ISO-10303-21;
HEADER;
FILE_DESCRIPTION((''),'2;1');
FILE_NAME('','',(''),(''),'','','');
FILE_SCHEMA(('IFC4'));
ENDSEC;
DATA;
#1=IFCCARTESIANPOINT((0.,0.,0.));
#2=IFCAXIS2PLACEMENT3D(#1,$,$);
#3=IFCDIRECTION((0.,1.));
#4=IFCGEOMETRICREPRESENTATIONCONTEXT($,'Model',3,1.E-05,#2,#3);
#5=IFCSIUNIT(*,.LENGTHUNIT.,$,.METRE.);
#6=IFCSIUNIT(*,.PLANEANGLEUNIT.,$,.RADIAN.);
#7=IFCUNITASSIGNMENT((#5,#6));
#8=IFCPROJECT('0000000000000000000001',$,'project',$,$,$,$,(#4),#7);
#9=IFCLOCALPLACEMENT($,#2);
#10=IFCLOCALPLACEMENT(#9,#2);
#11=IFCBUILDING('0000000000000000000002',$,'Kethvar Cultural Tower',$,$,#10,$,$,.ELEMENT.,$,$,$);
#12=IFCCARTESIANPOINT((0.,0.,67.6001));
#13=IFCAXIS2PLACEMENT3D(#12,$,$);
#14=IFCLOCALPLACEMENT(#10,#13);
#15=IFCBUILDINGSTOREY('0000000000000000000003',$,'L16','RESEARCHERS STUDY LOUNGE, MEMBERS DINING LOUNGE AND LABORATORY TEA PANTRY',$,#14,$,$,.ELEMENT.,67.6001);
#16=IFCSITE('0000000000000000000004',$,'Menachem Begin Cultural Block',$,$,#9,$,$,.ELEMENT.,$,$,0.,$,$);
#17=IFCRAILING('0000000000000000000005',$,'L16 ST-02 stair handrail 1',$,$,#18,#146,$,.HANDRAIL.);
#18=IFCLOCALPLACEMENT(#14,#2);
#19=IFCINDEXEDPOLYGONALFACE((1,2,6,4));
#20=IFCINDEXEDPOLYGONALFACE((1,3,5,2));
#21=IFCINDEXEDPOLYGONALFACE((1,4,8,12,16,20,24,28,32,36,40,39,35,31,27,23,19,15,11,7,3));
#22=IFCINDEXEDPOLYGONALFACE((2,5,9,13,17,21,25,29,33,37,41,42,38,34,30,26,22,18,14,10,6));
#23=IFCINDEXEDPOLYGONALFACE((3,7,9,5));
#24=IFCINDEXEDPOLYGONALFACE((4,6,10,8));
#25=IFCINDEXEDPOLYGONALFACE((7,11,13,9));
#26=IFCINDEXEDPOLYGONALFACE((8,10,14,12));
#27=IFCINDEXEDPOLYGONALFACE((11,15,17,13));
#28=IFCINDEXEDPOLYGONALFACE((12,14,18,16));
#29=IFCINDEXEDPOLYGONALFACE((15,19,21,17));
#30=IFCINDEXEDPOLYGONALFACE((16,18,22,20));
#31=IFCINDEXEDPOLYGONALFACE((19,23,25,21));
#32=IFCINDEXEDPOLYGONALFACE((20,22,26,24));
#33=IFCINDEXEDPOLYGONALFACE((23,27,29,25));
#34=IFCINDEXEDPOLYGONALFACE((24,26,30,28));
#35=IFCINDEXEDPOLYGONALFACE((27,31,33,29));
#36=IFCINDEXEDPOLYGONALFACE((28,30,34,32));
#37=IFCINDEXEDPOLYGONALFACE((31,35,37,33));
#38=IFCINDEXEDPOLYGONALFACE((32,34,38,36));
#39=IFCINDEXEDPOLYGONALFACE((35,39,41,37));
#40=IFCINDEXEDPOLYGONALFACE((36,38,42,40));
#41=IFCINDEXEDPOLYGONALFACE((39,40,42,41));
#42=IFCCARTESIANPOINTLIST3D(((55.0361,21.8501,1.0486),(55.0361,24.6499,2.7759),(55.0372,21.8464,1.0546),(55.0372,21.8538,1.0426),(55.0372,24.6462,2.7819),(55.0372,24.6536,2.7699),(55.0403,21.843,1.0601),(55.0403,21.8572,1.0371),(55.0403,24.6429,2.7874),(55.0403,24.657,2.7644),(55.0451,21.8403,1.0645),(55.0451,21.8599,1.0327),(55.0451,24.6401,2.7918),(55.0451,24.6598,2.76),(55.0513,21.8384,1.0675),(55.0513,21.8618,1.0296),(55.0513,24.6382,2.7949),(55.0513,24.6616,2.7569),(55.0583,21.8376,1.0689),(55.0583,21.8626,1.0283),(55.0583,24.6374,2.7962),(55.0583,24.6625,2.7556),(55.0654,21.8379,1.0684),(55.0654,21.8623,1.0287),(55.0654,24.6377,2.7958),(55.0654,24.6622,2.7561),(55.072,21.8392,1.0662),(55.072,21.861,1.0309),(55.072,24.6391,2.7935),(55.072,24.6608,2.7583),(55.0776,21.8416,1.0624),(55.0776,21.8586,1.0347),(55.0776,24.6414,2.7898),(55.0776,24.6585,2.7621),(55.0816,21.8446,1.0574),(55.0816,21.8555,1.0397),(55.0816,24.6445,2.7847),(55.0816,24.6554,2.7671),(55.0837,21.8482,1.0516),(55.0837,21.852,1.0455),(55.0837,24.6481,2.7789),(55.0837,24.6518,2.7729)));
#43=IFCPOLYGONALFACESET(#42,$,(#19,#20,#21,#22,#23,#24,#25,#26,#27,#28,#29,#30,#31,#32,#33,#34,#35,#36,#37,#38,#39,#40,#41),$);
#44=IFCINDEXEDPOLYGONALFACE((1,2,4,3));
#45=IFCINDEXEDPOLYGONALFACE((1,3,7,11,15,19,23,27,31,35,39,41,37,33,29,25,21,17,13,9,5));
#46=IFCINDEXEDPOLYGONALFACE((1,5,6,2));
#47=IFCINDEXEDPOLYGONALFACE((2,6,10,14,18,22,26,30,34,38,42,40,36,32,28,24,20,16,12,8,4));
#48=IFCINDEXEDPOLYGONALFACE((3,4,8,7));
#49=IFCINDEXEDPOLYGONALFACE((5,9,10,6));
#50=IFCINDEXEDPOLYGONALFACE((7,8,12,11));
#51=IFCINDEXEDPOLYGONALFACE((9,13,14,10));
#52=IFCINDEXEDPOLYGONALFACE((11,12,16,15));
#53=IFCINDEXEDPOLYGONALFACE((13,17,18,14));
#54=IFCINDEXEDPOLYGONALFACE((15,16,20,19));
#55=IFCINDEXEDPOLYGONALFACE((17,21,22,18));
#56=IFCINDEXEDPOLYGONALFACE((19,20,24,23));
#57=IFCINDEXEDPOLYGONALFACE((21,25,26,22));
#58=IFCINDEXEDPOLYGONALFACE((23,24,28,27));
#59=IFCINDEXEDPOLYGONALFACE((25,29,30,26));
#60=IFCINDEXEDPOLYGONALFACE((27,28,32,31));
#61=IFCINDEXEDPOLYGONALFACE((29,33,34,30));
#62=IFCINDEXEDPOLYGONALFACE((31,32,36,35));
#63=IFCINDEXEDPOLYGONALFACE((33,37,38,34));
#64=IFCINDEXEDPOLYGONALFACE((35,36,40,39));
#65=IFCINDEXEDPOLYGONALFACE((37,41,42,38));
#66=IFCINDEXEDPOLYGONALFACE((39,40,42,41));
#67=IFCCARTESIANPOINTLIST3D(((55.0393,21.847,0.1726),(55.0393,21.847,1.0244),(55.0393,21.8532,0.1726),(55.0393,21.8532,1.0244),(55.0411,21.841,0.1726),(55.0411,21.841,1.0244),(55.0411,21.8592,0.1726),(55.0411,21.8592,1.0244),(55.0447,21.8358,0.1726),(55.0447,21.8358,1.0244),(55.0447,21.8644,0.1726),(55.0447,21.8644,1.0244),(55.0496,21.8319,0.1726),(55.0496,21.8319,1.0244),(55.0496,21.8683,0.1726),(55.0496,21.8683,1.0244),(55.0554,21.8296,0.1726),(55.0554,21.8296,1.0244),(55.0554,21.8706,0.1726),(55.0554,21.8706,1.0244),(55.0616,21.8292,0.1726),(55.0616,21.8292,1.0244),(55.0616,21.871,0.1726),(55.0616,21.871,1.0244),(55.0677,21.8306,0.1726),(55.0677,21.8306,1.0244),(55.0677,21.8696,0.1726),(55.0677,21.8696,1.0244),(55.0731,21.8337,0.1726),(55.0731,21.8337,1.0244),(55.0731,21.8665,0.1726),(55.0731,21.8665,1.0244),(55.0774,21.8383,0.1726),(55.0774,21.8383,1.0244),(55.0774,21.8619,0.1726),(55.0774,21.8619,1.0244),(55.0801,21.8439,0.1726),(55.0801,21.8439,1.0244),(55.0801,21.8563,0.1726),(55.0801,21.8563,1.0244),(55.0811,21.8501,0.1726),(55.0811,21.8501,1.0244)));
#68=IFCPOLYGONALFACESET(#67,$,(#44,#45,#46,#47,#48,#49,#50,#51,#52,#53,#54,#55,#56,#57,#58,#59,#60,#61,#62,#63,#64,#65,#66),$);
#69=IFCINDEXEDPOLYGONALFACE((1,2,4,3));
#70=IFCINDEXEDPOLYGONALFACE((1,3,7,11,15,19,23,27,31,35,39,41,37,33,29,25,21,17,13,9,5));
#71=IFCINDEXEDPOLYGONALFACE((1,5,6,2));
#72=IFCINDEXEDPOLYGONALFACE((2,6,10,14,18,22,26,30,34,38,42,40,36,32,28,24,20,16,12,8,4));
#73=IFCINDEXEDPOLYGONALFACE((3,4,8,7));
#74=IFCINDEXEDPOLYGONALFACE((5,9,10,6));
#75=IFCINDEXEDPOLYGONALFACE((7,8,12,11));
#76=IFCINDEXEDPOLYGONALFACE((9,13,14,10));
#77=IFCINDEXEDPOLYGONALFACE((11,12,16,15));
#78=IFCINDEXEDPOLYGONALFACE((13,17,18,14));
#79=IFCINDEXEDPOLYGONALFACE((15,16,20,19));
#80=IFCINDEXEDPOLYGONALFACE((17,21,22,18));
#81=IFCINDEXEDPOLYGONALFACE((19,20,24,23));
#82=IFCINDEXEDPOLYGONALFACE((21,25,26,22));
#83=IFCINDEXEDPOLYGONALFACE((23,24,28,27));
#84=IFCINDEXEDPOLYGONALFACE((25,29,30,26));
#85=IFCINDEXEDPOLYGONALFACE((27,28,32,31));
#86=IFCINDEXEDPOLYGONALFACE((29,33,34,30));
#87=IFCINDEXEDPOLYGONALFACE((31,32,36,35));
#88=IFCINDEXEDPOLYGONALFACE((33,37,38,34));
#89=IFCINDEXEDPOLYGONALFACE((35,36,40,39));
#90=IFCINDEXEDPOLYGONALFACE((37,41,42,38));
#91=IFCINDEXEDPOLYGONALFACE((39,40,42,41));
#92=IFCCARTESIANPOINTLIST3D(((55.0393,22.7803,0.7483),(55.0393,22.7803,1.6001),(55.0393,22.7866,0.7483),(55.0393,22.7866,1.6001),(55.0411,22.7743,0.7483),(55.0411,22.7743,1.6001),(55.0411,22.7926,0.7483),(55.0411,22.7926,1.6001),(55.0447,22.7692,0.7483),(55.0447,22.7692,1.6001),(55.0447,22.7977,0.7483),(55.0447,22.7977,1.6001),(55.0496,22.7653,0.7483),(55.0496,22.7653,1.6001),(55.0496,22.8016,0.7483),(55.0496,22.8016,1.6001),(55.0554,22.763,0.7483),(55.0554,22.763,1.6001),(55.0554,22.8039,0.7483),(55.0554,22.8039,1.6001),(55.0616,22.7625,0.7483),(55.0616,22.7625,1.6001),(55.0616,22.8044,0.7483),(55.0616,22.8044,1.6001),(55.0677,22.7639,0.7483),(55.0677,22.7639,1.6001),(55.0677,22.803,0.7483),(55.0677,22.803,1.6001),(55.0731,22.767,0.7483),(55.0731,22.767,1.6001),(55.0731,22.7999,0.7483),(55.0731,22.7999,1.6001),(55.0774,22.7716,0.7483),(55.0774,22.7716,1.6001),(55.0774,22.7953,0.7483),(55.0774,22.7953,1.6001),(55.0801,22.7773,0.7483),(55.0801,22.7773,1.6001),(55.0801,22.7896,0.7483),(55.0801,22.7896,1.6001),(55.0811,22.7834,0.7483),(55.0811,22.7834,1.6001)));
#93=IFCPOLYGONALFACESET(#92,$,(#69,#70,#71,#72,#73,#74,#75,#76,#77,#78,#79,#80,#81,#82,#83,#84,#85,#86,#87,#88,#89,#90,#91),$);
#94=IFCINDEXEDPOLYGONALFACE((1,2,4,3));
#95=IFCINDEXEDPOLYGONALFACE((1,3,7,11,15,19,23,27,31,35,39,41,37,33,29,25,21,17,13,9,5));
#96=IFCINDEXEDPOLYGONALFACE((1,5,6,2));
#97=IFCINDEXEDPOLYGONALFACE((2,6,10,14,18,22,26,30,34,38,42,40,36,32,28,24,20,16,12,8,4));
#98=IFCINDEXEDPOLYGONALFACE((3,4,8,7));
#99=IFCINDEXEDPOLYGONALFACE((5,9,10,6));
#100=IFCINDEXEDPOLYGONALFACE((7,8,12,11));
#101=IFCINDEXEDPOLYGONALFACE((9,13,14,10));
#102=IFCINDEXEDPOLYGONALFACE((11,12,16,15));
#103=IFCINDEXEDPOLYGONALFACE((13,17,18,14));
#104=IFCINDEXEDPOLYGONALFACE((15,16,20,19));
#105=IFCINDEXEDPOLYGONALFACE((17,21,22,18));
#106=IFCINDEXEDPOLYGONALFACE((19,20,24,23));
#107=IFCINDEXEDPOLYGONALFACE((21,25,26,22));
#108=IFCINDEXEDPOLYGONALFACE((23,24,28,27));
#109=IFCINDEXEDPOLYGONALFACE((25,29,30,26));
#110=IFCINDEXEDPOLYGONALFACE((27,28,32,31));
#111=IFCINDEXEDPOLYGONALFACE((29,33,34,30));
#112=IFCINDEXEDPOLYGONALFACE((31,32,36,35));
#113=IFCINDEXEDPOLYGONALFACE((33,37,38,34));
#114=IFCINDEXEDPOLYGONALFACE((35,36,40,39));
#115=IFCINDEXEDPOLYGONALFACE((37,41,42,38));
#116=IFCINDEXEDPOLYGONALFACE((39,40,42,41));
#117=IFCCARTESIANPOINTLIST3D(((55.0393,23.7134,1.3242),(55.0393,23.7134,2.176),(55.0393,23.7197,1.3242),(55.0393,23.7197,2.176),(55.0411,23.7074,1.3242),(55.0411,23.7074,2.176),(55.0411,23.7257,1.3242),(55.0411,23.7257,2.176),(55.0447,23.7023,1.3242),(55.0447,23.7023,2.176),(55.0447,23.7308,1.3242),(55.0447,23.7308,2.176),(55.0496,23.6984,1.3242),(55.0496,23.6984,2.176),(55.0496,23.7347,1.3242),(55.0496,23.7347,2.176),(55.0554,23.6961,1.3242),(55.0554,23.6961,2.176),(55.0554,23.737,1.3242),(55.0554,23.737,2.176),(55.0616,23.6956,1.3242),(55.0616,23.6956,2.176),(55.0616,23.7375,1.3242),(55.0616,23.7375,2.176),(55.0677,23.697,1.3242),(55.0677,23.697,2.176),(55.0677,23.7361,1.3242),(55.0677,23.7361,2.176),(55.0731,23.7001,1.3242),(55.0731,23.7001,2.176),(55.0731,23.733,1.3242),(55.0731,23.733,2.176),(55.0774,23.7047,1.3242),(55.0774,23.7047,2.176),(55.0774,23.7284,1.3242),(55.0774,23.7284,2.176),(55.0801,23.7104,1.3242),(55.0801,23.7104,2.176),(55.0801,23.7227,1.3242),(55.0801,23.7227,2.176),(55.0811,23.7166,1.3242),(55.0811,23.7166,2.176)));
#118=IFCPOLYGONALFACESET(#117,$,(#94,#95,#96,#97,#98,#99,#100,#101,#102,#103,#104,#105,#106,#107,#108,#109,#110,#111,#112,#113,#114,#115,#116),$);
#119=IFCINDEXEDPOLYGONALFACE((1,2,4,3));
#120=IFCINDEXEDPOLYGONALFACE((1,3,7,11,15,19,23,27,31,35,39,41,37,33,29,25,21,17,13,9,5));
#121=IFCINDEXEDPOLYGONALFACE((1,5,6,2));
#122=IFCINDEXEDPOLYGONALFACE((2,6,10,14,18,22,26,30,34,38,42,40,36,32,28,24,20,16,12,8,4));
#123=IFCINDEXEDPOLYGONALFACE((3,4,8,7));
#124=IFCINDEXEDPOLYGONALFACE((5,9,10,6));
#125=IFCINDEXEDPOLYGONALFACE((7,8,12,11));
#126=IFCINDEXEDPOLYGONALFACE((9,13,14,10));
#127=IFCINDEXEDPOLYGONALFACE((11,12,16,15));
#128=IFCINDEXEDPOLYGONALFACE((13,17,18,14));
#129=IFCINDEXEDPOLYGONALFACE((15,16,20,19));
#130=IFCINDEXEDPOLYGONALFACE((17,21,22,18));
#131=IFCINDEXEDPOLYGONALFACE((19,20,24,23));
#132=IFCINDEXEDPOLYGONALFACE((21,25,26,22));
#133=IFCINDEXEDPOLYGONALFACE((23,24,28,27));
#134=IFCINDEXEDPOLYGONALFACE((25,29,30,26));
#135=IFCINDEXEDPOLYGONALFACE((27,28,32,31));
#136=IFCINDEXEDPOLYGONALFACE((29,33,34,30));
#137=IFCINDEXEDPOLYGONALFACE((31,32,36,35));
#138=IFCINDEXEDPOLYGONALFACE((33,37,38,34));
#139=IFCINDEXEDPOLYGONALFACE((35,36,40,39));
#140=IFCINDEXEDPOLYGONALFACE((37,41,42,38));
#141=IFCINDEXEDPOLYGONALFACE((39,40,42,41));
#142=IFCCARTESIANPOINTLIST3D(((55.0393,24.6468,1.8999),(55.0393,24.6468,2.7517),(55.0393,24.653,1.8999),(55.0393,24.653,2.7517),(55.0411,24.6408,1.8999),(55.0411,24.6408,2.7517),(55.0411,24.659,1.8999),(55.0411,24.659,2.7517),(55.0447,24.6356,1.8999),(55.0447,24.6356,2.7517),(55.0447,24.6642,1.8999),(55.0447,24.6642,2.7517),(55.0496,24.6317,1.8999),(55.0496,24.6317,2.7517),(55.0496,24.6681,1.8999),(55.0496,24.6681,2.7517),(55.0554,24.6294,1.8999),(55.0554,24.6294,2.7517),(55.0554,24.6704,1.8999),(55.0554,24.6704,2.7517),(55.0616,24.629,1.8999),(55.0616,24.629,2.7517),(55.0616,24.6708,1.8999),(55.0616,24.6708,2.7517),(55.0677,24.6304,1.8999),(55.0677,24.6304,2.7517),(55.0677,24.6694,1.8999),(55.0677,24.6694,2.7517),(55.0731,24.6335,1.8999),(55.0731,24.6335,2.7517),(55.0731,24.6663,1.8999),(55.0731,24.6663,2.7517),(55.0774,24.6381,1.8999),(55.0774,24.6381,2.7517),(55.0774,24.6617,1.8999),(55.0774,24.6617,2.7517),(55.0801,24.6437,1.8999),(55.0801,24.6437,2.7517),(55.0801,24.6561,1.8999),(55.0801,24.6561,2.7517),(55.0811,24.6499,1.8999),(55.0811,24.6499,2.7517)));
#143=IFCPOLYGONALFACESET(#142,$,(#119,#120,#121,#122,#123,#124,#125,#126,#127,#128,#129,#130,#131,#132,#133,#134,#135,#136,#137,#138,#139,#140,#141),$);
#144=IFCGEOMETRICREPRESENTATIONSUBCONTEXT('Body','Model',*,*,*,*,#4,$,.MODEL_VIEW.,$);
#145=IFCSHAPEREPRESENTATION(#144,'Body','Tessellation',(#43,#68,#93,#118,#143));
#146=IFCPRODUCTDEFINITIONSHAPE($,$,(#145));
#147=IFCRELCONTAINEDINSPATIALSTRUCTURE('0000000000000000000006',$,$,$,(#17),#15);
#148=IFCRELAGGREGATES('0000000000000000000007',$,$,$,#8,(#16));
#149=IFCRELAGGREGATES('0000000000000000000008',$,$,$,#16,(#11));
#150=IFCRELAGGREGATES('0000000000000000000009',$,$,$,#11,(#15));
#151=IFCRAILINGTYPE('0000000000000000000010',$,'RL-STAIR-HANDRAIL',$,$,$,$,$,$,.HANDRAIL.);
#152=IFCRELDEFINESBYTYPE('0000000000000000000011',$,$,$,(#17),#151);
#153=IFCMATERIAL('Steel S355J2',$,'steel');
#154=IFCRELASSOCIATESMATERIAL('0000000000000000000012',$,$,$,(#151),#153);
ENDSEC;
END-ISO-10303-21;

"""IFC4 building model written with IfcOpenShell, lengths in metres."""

from ifc_helpers import new_model, si_unit, direction, frame, origin, origin_2d, place, context, subcontext, project, spatial, circle, extrude, material, type_object, element, save


model = new_model("IFC4")

# Units and contexts
model_context = context("Model", 3, precision=1e-05, world=origin(), true_north=direction((0.0, 1.0)))
body_context = subcontext(model_context, "Body", "Model", "MODEL_VIEW")
ifc_project = project(units=[si_unit("LENGTHUNIT", "METRE"), si_unit("PLANEANGLEUNIT", "RADIAN")], contexts=[model_context])

# Site, building, storey
site_placement = place(None, origin())
site = spatial("IfcSite", under=ifc_project, at=site_placement, Name="Menachem Begin Cultural Block", CompositionType="ELEMENT", RefElevation=0.0)
building_placement = place(site_placement, origin())
building = spatial("IfcBuilding", under=site, at=building_placement, Name="Kethvar Cultural Tower", CompositionType="ELEMENT")
storey_placement = place(building_placement, frame((0.0, 0.0, 67.6001)))
storey = spatial("IfcBuildingStorey", under=building, at=storey_placement, Name="L16", Description="RESEARCHERS STUDY LOUNGE, MEMBERS DINING LOUNGE AND LABORATORY TEA PANTRY", CompositionType="ELEMENT", Elevation=67.6001)

# Shared definitions
ifc_material_1 = material(Name="Steel S355J2", Category="steel")

# Railing
railing_type_1 = type_object("IfcRailingType", Name="RL-STAIR-HANDRAIL", PredefinedType="HANDRAIL", material=ifc_material_1)
railing_1_placement = place(storey_placement, frame((55.0601, 21.8501, 0.1726)))
element("IfcRailing", 1, at=railing_1_placement, inside=storey, type_object=railing_type_1, Name="L16 ST-02 stair handrail 1", PredefinedType="HANDRAIL", context=body_context, shape_type="SweptSolid", body=[
    extrude(circle(Radius=0.0239, at=origin_2d()), frame((0.0, 0.0, 0.876), z_axis=(0.0, 0.851069, 0.525054), x_axis=(-1.0, 0.0, 0.0)), (0.0, 0.0, 1.0), 3.2898),
    extrude(circle(Radius=0.021, at=origin_2d()), origin(), (0.0, 0.0, 1.0), 0.8518),
    extrude(circle(Radius=0.021, at=origin_2d()), frame((0.0, 0.9333, 0.5757)), (0.0, 0.0, 1.0), 0.8518),
    extrude(circle(Radius=0.021, at=origin_2d()), frame((0.0, 1.8665, 1.1516)), (0.0, 0.0, 1.0), 0.8518),
    extrude(circle(Radius=0.021, at=origin_2d()), frame((0.0, 2.7998, 1.7273)), (0.0, 0.0, 1.0), 0.8518),
])

save(model, "model.ifc")
